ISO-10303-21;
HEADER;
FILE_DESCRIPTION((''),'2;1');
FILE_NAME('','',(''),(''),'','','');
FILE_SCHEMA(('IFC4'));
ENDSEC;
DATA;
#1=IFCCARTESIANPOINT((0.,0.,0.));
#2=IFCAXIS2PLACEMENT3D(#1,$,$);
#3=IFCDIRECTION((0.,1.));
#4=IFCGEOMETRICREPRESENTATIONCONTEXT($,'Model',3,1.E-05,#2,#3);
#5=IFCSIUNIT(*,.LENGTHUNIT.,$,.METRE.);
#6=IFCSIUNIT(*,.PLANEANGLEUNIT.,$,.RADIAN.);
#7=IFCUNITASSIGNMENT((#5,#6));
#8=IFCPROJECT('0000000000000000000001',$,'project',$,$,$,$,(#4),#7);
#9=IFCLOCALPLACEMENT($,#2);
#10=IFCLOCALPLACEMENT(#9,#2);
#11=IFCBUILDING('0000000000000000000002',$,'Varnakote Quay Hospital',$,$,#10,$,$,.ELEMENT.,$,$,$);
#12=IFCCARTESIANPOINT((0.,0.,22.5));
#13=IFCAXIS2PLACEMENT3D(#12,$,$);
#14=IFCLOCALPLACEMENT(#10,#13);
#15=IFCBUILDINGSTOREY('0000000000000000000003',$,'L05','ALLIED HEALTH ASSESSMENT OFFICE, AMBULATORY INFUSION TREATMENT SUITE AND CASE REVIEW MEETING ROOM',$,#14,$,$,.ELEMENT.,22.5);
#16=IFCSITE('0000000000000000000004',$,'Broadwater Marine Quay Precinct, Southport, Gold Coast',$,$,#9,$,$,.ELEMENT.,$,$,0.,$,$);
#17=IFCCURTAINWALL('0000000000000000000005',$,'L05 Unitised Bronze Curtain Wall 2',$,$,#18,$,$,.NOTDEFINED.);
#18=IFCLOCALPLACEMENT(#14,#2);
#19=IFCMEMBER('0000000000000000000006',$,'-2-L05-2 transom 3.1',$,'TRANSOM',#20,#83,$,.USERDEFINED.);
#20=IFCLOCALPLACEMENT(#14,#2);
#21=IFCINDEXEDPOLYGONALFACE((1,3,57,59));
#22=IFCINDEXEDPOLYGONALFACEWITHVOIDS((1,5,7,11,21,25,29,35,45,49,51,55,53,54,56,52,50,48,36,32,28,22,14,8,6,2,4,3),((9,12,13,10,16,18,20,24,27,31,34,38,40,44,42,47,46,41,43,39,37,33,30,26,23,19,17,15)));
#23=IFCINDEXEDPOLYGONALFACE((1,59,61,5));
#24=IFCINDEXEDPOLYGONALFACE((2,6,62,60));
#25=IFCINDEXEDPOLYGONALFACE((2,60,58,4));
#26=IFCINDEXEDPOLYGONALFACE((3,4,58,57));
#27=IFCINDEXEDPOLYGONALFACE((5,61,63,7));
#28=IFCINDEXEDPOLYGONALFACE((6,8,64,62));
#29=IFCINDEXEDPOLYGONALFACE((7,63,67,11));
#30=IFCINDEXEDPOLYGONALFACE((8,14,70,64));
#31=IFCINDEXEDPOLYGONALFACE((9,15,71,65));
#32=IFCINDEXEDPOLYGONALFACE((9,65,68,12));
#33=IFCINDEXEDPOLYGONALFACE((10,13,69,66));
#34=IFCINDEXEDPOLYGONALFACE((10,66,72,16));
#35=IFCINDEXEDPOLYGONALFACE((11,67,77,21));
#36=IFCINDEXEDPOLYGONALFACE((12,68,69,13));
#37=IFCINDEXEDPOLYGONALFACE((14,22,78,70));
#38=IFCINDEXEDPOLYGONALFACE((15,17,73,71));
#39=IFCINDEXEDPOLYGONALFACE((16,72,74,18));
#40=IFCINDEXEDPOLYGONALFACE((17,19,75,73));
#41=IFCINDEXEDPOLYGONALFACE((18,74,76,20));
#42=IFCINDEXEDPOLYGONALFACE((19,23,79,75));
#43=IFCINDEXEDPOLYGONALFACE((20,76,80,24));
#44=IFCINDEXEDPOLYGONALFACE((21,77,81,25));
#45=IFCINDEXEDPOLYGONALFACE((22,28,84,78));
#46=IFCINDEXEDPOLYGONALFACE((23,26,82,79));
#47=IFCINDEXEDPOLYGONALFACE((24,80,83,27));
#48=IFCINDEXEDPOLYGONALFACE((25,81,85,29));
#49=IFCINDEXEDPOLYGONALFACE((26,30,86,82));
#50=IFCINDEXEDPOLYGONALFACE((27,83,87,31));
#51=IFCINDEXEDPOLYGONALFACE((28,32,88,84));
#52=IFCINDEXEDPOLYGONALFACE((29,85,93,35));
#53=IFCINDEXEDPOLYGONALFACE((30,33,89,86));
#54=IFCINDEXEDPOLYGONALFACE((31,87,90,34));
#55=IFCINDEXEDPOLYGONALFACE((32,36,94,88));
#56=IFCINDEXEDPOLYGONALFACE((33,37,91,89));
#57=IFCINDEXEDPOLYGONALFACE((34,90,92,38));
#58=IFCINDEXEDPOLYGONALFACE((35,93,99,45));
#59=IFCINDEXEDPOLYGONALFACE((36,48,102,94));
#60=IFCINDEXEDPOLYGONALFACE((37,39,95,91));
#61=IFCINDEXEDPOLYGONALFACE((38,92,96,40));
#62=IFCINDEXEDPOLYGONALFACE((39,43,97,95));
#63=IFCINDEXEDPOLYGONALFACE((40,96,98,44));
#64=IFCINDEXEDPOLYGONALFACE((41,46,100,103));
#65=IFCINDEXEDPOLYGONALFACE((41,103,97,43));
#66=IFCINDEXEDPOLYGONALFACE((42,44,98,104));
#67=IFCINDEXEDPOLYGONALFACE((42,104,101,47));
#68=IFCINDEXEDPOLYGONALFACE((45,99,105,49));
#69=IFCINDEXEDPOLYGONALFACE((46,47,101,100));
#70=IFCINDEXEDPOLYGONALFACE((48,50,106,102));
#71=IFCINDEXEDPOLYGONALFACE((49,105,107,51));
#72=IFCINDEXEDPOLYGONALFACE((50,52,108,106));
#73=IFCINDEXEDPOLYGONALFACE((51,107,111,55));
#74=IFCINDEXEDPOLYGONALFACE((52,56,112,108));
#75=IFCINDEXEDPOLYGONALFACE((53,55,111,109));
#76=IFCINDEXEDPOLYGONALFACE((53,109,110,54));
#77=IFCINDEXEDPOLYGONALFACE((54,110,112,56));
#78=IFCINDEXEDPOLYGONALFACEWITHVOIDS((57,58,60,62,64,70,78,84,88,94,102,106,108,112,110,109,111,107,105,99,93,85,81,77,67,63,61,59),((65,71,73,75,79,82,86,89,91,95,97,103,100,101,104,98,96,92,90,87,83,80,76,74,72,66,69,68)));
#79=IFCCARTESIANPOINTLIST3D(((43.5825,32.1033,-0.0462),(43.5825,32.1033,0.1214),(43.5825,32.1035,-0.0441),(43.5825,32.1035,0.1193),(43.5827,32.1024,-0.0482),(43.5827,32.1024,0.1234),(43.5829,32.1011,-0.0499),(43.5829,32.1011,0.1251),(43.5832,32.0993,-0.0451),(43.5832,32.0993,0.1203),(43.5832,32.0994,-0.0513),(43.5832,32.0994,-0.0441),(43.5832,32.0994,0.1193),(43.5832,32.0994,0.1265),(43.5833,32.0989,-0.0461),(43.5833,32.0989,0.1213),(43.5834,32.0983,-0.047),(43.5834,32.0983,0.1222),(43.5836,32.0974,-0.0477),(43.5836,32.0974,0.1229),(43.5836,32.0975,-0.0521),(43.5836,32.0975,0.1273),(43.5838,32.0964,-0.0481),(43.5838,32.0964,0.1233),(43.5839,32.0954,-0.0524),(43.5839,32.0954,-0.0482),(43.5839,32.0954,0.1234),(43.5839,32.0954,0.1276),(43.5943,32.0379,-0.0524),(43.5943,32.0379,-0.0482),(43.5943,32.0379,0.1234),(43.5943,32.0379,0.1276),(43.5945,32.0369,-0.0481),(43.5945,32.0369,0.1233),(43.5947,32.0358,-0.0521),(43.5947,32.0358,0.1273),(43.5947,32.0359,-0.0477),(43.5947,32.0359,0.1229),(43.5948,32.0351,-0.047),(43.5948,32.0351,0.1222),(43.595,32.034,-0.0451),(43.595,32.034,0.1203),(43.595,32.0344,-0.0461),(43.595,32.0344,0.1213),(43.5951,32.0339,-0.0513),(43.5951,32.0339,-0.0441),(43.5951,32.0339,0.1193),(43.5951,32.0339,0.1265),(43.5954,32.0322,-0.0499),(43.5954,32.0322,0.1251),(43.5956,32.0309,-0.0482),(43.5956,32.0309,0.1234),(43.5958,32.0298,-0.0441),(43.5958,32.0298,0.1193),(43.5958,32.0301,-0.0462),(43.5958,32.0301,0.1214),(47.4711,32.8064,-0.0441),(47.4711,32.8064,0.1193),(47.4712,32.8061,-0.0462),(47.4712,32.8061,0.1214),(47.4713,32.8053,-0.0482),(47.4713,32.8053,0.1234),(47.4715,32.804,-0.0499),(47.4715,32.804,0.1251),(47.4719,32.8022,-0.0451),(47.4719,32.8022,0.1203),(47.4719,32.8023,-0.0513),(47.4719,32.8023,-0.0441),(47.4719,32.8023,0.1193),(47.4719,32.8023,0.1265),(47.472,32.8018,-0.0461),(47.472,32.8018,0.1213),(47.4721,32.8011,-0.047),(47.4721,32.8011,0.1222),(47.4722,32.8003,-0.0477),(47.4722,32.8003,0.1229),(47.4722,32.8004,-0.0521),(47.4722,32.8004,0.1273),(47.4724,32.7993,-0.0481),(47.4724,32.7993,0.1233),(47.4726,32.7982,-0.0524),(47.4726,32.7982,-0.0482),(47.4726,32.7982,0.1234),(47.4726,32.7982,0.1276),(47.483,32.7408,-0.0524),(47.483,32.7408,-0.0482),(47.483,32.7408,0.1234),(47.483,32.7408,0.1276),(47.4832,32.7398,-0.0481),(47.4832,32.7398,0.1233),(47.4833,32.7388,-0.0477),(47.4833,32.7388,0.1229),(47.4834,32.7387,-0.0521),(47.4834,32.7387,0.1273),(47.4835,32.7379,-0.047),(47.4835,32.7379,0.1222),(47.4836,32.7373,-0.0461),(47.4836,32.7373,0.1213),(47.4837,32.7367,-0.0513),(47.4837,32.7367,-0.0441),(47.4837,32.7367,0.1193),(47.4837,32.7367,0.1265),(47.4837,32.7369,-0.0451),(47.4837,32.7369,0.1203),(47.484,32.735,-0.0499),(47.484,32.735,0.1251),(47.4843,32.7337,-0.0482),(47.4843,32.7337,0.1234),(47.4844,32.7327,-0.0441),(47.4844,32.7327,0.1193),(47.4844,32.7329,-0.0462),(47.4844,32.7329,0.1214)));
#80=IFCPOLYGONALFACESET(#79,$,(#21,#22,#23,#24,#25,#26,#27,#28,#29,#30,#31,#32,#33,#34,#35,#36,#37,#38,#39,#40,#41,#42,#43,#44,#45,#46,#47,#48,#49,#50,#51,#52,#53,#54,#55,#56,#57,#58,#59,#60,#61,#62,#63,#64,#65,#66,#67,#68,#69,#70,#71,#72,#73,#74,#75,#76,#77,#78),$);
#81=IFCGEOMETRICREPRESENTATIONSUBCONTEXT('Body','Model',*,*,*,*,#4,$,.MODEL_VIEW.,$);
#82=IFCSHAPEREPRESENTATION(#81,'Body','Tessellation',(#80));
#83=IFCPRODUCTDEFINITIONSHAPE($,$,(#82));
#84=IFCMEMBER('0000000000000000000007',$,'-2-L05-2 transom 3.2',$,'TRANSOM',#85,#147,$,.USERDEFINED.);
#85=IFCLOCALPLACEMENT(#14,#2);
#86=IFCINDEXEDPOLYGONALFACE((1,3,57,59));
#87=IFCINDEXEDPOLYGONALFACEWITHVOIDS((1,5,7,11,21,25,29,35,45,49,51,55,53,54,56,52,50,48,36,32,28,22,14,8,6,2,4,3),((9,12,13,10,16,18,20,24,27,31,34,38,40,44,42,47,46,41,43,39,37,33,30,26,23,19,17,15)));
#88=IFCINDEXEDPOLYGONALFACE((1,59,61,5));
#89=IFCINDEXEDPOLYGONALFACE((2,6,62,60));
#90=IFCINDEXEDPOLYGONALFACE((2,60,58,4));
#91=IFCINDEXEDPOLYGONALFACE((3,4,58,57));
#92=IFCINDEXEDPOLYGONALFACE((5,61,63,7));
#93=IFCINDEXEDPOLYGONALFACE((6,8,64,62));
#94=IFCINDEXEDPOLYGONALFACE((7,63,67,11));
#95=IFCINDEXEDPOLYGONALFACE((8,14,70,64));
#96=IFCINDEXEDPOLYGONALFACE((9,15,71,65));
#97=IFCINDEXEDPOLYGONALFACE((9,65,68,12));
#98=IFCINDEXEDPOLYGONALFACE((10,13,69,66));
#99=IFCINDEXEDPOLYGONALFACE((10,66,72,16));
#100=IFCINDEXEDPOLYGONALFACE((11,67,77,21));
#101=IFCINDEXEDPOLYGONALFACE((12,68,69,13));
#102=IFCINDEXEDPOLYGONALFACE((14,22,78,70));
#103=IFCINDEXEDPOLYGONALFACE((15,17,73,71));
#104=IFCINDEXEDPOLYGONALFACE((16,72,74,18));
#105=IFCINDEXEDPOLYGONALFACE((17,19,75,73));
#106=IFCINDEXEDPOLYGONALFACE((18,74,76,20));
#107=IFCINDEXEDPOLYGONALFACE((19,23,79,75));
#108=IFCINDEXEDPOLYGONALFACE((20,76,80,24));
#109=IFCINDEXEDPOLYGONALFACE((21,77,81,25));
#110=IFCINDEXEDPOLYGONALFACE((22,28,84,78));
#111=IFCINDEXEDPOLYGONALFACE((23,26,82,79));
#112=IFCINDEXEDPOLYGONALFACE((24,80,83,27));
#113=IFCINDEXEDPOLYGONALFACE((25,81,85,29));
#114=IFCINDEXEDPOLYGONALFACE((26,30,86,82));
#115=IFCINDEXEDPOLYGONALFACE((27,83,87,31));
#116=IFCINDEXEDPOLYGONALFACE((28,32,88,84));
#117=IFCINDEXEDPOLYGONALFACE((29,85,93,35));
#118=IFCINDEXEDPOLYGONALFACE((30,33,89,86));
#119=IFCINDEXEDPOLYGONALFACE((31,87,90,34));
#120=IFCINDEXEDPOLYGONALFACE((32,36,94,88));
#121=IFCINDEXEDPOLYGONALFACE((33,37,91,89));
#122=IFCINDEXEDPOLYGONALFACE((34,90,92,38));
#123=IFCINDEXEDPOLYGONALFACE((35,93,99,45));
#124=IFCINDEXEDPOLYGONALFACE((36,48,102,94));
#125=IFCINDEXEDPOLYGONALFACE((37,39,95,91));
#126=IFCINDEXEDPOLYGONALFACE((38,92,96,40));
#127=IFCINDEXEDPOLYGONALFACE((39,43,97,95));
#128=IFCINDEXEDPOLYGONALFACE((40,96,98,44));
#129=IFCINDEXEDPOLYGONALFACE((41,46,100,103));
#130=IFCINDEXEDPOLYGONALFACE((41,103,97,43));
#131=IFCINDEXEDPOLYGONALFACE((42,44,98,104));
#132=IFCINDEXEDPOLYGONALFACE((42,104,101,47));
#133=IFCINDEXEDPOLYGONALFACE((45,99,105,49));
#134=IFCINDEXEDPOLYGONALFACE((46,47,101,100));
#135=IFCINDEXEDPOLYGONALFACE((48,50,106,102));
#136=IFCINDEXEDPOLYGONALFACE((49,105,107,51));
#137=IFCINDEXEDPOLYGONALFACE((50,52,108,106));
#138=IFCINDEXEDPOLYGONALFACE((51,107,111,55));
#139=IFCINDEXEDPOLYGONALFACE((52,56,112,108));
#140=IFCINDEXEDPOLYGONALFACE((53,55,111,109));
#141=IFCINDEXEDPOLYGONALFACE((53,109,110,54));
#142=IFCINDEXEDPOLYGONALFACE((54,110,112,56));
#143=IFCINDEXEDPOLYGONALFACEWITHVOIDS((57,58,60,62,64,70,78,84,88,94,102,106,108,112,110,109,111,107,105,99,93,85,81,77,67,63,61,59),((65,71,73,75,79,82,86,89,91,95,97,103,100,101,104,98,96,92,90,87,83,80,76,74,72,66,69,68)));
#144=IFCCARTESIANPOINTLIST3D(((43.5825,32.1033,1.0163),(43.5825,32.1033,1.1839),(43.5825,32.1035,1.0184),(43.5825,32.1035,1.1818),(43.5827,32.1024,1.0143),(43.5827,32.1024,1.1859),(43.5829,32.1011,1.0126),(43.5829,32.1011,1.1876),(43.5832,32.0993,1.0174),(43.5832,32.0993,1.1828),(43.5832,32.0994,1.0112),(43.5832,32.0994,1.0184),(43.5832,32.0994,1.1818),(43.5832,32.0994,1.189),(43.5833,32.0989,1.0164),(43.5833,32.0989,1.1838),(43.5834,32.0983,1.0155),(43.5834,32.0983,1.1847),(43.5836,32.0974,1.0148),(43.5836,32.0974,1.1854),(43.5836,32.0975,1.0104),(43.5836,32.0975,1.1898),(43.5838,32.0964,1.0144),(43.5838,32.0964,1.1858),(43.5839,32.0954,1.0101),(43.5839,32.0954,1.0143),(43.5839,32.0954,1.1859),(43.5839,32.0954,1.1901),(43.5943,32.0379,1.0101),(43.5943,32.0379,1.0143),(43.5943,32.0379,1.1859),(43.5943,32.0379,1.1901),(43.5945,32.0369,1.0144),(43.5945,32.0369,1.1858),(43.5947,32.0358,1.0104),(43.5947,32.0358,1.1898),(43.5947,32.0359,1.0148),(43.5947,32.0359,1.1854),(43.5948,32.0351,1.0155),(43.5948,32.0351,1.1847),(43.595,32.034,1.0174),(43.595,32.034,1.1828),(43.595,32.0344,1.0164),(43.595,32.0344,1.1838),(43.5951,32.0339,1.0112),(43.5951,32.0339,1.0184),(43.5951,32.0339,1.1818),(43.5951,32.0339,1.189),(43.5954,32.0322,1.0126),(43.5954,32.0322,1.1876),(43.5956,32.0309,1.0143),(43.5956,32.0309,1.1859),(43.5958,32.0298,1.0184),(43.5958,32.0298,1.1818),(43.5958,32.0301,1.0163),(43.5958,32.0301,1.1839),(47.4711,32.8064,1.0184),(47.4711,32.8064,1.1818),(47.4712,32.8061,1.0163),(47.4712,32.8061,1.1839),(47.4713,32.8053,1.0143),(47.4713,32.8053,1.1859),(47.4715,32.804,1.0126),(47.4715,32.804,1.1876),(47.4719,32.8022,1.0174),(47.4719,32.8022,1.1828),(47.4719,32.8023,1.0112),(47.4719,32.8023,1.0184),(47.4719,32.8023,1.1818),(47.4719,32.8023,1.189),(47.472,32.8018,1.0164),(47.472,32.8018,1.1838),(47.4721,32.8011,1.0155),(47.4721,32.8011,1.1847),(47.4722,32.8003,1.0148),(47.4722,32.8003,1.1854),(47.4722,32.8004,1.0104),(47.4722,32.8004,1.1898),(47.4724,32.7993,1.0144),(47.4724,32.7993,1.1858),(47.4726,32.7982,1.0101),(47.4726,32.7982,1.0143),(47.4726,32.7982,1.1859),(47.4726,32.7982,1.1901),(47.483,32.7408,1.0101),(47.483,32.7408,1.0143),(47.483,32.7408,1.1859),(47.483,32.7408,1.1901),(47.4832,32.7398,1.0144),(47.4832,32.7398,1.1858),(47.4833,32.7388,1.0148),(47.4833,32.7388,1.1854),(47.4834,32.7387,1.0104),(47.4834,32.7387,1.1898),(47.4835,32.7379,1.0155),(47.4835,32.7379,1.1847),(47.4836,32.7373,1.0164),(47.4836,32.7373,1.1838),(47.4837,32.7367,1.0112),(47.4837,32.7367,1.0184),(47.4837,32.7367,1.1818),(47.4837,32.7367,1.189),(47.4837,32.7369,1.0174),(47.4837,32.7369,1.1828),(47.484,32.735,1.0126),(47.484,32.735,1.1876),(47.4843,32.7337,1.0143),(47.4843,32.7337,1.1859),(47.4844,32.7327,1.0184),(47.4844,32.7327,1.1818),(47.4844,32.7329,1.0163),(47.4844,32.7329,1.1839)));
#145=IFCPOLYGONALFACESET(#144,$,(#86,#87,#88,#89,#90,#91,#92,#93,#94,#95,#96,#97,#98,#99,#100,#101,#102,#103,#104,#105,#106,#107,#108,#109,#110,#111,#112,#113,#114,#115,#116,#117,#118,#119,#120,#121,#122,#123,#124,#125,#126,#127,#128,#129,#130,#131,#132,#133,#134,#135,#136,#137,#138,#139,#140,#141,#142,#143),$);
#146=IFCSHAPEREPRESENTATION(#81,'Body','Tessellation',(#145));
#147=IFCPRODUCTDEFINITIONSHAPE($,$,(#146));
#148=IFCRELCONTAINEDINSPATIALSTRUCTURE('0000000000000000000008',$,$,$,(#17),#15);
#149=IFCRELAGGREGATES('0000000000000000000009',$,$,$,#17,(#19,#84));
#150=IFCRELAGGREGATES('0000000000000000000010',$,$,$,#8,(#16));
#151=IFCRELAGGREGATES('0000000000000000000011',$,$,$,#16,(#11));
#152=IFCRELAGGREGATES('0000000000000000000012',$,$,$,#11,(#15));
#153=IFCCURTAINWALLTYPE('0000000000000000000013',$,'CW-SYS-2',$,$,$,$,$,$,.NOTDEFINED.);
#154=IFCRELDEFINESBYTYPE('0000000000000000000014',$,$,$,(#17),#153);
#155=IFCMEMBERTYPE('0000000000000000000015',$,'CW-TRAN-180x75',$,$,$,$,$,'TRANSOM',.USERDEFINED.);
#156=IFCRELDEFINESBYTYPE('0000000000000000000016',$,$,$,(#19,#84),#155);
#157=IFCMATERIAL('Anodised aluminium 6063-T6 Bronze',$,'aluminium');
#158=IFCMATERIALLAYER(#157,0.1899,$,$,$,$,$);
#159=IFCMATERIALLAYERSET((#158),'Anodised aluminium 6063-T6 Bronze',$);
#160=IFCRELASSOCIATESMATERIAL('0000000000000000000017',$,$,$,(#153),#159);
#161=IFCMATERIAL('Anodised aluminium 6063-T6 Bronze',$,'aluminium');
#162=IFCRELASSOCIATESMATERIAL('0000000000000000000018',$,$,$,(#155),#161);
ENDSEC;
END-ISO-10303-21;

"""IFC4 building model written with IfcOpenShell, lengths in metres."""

from ifc_helpers import new_model, si_unit, direction, frame, origin, origin_2d, place, context, subcontext, project, spatial, hollow_rectangle, extrude, material, layer, layer_set, material_profile, profile_set, type_object, element, aggregate, save


model = new_model("IFC4")

# Units and contexts
model_context = context("Model", 3, precision=1e-05, world=origin(), true_north=direction((0.0, 1.0)))
body_context = subcontext(model_context, "Body", "Model", "MODEL_VIEW")
ifc_project = project(units=[si_unit("LENGTHUNIT", "METRE"), si_unit("PLANEANGLEUNIT", "RADIAN")], contexts=[model_context])

# Site, building, storey
site_placement = place(None, origin())
site = spatial("IfcSite", under=ifc_project, at=site_placement, Name="Broadwater Marine Quay Precinct, Southport, Gold Coast", CompositionType="ELEMENT", RefElevation=0.0)
building_placement = place(site_placement, origin())
building = spatial("IfcBuilding", under=site, at=building_placement, Name="Varnakote Quay Hospital", CompositionType="ELEMENT")
storey_placement = place(building_placement, frame((0.0, 0.0, 22.5)))
storey = spatial("IfcBuildingStorey", under=building, at=storey_placement, Name="L05", Description="ALLIED HEALTH ASSESSMENT OFFICE, AMBULATORY INFUSION TREATMENT SUITE AND CASE REVIEW MEETING ROOM", CompositionType="ELEMENT", Elevation=22.5)

# Curtain wall, members
ifc_material_1 = material(Name="Anodised aluminium 6063-T6 Bronze", Category="aluminium")
ifc_layer_1 = layer(ifc_material_1, 0.1899)
ifc_layer_set_1 = layer_set([ifc_layer_1], Name="Anodised aluminium 6063-T6 Bronze")
curtain_wall_type = type_object("IfcCurtainWallType", Name="CW-SYS-2", PredefinedType="NOTDEFINED", material=ifc_layer_set_1)
curtain_wall_placement = place(storey_placement, origin())
curtain_wall = element("IfcCurtainWall", 1, at=curtain_wall_placement, inside=storey, type_object=curtain_wall_type, Name="L05 Unitised Bronze Curtain Wall 2", PredefinedType="NOTDEFINED")
ifc_material_2 = material(Name="Anodised aluminium 6063-T6 Bronze", Category="aluminium")
ifc_material_profile_1 = material_profile(ifc_material_2, hollow_rectangle(XDim=0.075, YDim=0.1799, WallThickness=0.0042, InnerFilletRadius=0.0042, OuterFilletRadius=0.0083, at=origin_2d()), Name="CW-TRAN-180x75")
ifc_profile_set_1 = profile_set([ifc_material_profile_1], Name="Anodised aluminium 6063-T6 Bronze")
member_type_1 = type_object("IfcMemberType", Name="CW-TRAN-180x75", ElementType="TRANSOM", PredefinedType="USERDEFINED", material=ifc_profile_set_1)
member_1_placement = place(storey_placement, frame((47.4778, 32.7695, 0.0376), z_axis=(-0.984054, -0.177869, 0.0), x_axis=(0.177869, -0.984054, 0.0)))
member_1 = element("IfcMember", 2, at=member_1_placement, type_object=member_type_1, Name="-2-L05-2 transom 3.1", ObjectType="TRANSOM", PredefinedType="USERDEFINED", context=body_context, shape_type="SweptSolid", body=[
    extrude(hollow_rectangle(XDim=0.075, YDim=0.1799, WallThickness=0.0042, InnerFilletRadius=0.0042, OuterFilletRadius=0.0083, at=origin_2d()), origin(), (0.0, 0.0, 1.0), 3.9517),
])
member_2_placement = place(storey_placement, frame((47.4778, 32.7695, 1.1001), z_axis=(-0.984054, -0.177869, 0.0), x_axis=(0.177869, -0.984054, 0.0)))
member_2 = element("IfcMember", 3, at=member_2_placement, type_object=member_type_1, Name="-2-L05-2 transom 3.2", ObjectType="TRANSOM", PredefinedType="USERDEFINED", context=body_context, shape_type="SweptSolid", body=[
    extrude(hollow_rectangle(XDim=0.075, YDim=0.1799, WallThickness=0.0042, InnerFilletRadius=0.0042, OuterFilletRadius=0.0083, at=origin_2d()), origin(), (0.0, 0.0, 1.0), 3.9517),
])
aggregate(curtain_wall, [member_1, member_2])

save(model, "model.ifc")
